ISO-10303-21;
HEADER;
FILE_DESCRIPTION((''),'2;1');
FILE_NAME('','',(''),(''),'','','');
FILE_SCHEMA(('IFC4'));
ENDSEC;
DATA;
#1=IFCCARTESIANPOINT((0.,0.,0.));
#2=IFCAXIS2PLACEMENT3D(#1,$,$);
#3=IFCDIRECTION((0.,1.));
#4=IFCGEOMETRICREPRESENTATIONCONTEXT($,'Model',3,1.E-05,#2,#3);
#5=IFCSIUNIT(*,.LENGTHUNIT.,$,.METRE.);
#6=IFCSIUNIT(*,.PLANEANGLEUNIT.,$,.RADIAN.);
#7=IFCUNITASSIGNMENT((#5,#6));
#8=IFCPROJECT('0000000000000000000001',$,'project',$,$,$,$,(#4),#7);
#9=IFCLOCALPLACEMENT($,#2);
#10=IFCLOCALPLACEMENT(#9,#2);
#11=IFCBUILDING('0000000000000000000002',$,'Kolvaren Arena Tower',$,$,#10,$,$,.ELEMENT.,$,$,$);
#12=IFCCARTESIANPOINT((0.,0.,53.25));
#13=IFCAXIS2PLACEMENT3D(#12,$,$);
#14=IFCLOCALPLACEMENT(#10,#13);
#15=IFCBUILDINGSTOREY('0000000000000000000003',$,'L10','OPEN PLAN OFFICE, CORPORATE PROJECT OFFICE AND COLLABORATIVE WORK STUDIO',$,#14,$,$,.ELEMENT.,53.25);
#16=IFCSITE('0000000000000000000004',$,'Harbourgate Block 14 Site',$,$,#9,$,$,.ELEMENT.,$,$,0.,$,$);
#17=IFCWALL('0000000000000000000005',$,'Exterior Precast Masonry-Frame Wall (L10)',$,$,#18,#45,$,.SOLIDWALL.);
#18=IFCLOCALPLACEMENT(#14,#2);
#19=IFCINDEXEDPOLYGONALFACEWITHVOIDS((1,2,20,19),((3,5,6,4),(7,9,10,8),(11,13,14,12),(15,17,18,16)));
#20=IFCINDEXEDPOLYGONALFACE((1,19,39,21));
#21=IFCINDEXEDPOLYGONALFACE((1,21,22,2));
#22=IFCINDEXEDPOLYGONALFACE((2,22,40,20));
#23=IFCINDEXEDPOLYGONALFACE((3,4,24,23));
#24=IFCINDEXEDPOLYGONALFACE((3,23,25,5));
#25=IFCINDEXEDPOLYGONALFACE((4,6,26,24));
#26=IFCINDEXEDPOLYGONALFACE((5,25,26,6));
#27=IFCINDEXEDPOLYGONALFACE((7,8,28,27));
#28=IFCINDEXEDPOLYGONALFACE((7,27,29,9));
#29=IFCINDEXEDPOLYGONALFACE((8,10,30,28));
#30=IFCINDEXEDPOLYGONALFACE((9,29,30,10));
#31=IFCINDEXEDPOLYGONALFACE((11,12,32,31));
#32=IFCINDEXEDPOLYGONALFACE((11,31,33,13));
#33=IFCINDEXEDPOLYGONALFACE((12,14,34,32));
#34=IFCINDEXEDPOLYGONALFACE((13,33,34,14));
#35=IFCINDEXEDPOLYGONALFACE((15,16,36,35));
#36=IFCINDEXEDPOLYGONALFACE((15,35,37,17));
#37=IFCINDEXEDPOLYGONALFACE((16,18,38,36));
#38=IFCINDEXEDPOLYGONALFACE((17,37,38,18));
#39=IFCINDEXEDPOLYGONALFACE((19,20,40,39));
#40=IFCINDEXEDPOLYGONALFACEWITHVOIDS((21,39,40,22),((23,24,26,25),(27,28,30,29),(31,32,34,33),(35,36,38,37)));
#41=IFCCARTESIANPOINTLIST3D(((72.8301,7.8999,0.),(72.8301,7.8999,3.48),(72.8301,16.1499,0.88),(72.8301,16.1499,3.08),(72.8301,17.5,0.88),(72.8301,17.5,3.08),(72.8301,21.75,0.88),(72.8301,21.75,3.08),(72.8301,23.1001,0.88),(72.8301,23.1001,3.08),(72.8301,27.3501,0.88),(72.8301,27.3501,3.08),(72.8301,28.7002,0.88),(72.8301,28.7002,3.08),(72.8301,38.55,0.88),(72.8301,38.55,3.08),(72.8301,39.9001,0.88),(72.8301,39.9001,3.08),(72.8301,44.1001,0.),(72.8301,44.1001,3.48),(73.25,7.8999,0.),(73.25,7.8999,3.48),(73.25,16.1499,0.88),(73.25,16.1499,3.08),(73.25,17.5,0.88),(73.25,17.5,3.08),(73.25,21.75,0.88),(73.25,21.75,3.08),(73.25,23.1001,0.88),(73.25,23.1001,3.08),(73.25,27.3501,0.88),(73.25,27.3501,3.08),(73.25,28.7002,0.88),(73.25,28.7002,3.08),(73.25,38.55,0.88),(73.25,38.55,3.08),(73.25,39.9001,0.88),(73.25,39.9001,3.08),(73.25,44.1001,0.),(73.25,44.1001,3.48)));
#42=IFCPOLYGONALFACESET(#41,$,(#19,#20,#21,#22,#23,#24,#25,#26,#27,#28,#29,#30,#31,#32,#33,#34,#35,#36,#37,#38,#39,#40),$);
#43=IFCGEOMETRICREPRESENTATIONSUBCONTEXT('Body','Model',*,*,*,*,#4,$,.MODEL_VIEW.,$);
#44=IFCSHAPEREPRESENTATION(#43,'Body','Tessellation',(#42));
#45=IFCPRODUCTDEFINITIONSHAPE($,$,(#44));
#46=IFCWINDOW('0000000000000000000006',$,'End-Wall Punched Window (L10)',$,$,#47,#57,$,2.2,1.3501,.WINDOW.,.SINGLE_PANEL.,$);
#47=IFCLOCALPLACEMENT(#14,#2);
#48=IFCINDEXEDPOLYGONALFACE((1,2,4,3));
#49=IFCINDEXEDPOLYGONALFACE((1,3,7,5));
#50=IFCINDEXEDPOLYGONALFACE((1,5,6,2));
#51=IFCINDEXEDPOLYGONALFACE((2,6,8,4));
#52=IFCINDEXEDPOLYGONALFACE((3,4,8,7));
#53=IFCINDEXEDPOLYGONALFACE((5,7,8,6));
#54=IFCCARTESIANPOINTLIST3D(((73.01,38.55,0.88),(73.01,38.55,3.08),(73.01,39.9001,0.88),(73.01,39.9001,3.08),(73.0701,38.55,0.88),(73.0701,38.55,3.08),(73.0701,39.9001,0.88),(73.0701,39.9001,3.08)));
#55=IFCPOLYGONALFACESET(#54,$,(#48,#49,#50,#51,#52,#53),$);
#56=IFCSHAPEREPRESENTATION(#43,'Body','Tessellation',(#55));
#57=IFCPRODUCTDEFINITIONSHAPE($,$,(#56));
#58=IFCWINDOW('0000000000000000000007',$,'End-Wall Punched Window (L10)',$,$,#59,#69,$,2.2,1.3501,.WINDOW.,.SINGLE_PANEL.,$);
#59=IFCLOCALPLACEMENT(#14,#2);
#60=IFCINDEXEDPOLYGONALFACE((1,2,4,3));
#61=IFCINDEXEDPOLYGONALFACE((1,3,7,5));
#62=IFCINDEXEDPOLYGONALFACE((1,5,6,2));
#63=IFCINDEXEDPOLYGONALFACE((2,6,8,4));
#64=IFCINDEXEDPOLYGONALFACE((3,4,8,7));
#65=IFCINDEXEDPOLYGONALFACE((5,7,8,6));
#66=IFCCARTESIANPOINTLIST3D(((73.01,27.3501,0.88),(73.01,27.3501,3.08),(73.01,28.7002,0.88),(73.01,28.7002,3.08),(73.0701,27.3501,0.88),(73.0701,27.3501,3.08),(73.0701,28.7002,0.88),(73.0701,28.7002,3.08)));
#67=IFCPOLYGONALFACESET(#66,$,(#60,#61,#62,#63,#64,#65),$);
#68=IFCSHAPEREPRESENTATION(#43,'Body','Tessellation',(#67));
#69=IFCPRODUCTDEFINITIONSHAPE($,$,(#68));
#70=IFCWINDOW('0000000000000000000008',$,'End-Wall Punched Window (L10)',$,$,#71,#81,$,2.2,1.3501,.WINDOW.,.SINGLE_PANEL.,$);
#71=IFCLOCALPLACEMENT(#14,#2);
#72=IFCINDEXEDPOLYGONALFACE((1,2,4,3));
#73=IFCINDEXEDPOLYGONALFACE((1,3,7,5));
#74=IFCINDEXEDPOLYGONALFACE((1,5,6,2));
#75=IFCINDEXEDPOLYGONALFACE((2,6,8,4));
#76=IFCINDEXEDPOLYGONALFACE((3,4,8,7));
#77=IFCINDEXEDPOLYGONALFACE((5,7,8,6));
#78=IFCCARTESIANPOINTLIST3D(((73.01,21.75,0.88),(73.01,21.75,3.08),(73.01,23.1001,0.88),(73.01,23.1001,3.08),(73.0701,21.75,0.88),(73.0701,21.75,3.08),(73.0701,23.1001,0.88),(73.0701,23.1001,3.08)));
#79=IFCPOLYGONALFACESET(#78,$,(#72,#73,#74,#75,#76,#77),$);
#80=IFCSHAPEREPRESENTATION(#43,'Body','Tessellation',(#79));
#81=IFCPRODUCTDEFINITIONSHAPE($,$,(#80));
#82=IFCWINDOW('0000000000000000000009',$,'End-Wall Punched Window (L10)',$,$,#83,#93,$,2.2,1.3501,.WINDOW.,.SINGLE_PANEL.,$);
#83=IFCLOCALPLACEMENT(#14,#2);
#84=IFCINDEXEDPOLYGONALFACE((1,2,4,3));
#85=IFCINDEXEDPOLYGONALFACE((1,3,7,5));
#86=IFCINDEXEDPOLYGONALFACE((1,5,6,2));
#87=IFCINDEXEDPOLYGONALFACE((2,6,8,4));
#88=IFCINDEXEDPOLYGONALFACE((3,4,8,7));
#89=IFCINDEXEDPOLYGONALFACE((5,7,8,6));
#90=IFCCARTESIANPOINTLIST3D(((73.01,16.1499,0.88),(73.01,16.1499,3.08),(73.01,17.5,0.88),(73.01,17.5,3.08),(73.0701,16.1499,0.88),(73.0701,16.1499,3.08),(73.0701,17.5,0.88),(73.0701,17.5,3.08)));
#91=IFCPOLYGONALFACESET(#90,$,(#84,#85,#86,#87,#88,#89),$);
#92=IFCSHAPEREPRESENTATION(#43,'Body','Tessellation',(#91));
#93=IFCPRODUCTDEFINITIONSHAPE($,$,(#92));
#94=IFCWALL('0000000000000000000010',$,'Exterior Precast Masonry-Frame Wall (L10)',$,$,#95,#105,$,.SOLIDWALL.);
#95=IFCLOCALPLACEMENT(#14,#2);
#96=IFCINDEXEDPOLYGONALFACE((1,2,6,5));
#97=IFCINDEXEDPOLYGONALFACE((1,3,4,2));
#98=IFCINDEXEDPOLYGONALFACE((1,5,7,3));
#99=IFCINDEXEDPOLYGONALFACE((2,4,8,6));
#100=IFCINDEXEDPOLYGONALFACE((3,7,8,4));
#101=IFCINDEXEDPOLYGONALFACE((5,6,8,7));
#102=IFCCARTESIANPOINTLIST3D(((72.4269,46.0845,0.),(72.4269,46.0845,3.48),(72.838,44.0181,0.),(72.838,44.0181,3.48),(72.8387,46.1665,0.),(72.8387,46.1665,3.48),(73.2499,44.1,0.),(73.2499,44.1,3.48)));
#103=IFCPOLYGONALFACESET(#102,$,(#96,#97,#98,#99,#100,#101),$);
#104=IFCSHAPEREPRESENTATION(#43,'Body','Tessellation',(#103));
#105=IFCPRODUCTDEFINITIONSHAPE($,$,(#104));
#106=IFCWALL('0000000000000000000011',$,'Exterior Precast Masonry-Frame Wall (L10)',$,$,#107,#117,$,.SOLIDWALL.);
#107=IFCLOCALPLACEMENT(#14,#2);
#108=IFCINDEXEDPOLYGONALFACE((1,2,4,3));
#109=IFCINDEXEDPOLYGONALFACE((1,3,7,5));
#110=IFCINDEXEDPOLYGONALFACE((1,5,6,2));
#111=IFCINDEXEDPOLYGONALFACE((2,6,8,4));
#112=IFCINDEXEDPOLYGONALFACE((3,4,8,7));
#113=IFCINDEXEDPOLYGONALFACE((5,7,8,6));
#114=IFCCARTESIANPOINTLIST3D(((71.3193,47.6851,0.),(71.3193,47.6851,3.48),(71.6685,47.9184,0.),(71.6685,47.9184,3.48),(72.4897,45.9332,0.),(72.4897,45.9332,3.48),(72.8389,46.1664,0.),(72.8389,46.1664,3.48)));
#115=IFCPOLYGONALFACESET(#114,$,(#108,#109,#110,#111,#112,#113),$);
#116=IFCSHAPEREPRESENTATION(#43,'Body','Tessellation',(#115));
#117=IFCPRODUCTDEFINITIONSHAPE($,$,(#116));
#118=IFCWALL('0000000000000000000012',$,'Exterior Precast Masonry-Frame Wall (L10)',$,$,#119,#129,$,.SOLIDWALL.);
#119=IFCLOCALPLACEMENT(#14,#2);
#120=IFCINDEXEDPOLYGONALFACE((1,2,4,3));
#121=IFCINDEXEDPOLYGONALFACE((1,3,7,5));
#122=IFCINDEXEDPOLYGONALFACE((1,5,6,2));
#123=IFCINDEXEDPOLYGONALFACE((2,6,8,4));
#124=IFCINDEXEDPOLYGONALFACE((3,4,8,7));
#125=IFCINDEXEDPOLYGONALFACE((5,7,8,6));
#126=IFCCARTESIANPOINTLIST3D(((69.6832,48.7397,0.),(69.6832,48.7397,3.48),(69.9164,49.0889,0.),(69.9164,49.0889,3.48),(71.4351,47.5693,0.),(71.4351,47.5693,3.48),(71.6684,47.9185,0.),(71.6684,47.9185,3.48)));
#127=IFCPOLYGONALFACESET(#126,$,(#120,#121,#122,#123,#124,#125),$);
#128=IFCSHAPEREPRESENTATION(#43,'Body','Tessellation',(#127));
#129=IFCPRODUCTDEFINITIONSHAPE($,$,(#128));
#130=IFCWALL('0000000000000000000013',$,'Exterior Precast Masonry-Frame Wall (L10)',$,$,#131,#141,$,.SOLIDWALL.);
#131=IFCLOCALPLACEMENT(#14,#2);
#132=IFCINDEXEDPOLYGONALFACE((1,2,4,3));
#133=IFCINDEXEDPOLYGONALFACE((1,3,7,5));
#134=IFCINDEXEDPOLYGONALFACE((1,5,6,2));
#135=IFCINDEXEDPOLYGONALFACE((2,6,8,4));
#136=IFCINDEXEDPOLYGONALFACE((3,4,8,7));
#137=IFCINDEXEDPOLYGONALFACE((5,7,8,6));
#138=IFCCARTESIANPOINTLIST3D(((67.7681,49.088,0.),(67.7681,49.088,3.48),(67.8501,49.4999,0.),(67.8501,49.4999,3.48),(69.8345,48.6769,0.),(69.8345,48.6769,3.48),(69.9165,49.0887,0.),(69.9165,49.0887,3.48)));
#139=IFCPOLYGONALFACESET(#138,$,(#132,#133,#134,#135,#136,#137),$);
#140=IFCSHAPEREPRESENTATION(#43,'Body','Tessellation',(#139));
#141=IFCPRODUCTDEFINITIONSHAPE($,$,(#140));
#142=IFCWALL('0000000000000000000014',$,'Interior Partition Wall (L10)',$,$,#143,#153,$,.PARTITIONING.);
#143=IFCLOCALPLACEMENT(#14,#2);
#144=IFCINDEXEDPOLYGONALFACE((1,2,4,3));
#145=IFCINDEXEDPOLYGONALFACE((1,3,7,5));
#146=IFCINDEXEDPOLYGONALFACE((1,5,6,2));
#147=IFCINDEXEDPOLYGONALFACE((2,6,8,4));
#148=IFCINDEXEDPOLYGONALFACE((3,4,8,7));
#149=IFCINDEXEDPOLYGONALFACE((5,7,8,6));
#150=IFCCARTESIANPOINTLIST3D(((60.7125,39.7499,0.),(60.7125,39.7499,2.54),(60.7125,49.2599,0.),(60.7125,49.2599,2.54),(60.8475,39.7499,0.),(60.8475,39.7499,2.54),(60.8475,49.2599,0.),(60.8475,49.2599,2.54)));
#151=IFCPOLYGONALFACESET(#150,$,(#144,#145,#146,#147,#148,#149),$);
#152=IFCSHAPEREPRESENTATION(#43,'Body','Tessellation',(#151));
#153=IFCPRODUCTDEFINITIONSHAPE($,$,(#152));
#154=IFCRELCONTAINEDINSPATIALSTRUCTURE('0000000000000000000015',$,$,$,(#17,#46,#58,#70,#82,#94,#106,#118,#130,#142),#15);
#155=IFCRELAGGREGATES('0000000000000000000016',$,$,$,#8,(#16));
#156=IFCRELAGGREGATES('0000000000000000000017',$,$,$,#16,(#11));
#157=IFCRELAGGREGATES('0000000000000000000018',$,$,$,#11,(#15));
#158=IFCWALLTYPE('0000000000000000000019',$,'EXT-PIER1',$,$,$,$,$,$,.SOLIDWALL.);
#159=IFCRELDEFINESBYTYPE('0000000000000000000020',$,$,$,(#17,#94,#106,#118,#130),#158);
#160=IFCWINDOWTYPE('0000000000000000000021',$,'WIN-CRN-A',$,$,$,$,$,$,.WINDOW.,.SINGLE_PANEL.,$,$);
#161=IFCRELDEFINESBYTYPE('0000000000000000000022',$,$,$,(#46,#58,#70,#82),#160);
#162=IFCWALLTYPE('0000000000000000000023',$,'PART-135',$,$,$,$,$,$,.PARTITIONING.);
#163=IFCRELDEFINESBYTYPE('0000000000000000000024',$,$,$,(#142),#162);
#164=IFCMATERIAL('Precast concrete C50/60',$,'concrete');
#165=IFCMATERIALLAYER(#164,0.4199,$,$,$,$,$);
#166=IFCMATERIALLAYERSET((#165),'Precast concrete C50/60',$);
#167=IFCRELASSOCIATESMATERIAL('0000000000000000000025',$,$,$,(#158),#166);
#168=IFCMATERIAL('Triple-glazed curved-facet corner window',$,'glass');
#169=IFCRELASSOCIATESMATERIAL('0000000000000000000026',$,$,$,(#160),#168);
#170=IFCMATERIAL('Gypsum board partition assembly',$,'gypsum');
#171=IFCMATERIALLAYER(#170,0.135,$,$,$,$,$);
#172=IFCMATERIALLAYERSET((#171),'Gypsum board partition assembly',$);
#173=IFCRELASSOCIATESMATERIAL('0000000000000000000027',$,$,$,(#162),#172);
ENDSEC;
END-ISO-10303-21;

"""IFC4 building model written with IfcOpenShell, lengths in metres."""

from ifc_helpers import new_model, si_unit, direction, frame, frame_2d, origin, place, context, subcontext, project, spatial, rectangle, extrude, material, layer, layer_set, type_object, element, fill, save


model = new_model("IFC4")

# Units and contexts
model_context = context("Model", 3, precision=1e-05, world=origin(), true_north=direction((0.0, 1.0)))
body_context = subcontext(model_context, "Body", "Model", "MODEL_VIEW")
ifc_project = project(units=[si_unit("LENGTHUNIT", "METRE"), si_unit("PLANEANGLEUNIT", "RADIAN")], contexts=[model_context])

# Site, building, storey
site_placement = place(None, origin())
site = spatial("IfcSite", under=ifc_project, at=site_placement, Name="Harbourgate Block 14 Site", CompositionType="ELEMENT", RefElevation=0.0)
building_placement = place(site_placement, origin())
building = spatial("IfcBuilding", under=site, at=building_placement, Name="Kolvaren Arena Tower", CompositionType="ELEMENT")
storey_placement = place(building_placement, frame((0.0, 0.0, 53.25)))
storey = spatial("IfcBuildingStorey", under=building, at=storey_placement, Name="L10", Description="OPEN PLAN OFFICE, CORPORATE PROJECT OFFICE AND COLLABORATIVE WORK STUDIO", CompositionType="ELEMENT", Elevation=53.25)

# Wall, openings, windows
ifc_material_1 = material(Name="Precast concrete C50/60", Category="concrete")
ifc_layer_1 = layer(ifc_material_1, 0.4199)
ifc_layer_set_1 = layer_set([ifc_layer_1], Name="Precast concrete C50/60")
wall_type_1 = type_object("IfcWallType", Name="EXT-PIER1", PredefinedType="SOLIDWALL", material=ifc_layer_set_1)
wall_1_placement = place(storey_placement, frame((73.04, 44.1001, 0.0), z_axis=(0.0, 0.0, 1.0), x_axis=(0.0, -1.0, 0.0)))
wall_1 = element("IfcWall", 1, at=wall_1_placement, inside=storey, type_object=wall_type_1, Name="Exterior Precast Masonry-Frame Wall (L10)", PredefinedType="SOLIDWALL", context=body_context, shape_type="SweptSolid", body=[
    extrude(rectangle(XDim=36.2002, YDim=0.4199, at=frame_2d((18.1001, 0.0))), origin(), (0.0, 0.0, 1.0), 3.48),
])
opening_1_placement = place(wall_1_placement, frame((4.2, 0.0, 0.8799)))
opening_1 = element("IfcOpeningElement", 2, at=opening_1_placement, cuts=wall_1, PredefinedType="OPENING", context=body_context, shape_type="SweptSolid", body=[
    extrude(rectangle(XDim=1.3501, YDim=2.2, at=frame_2d((0.675, 1.1001))), frame((0.0, 0.22, 0.0), z_axis=(0.0, -1.0, 0.0), x_axis=(1.0, 0.0, 0.0)), (0.0, 0.0, 1.0), 0.4399),
])
opening_2_placement = place(wall_1_placement, frame((15.3999, 0.0, 0.8799)))
opening_2 = element("IfcOpeningElement", 3, at=opening_2_placement, cuts=wall_1, PredefinedType="OPENING", context=body_context, shape_type="SweptSolid", body=[
    extrude(rectangle(XDim=1.3501, YDim=2.2, at=frame_2d((0.675, 1.1001))), frame((0.0, 0.22, 0.0), z_axis=(0.0, -1.0, 0.0), x_axis=(1.0, 0.0, 0.0)), (0.0, 0.0, 1.0), 0.4399),
])
opening_3_placement = place(wall_1_placement, frame((21.0, 0.0, 0.8799)))
opening_3 = element("IfcOpeningElement", 4, at=opening_3_placement, cuts=wall_1, PredefinedType="OPENING", context=body_context, shape_type="SweptSolid", body=[
    extrude(rectangle(XDim=1.3501, YDim=2.2, at=frame_2d((0.675, 1.1001))), frame((0.0, 0.22, 0.0), z_axis=(0.0, -1.0, 0.0), x_axis=(1.0, 0.0, 0.0)), (0.0, 0.0, 1.0), 0.4399),
])
opening_4_placement = place(wall_1_placement, frame((26.6001, 0.0, 0.8799)))
opening_4 = element("IfcOpeningElement", 5, at=opening_4_placement, cuts=wall_1, PredefinedType="OPENING", context=body_context, shape_type="SweptSolid", body=[
    extrude(rectangle(XDim=1.3501, YDim=2.2, at=frame_2d((0.675, 1.1001))), frame((0.0, 0.22, 0.0), z_axis=(0.0, -1.0, 0.0), x_axis=(1.0, 0.0, 0.0)), (0.0, 0.0, 1.0), 0.4399),
])
ifc_material_2 = material(Name="Triple-glazed curved-facet corner window", Category="glass")
window_type = type_object("IfcWindowType", Name="WIN-CRN-A", PartitioningType="SINGLE_PANEL", PredefinedType="WINDOW", material=ifc_material_2)
window_1_placement = place(opening_1_placement, origin())
window_1 = element("IfcWindow", 6, at=window_1_placement, inside=storey, type_object=window_type, Name="End-Wall Punched Window (L10)", OverallHeight=2.2, OverallWidth=1.3501, PartitioningType="SINGLE_PANEL", PredefinedType="WINDOW", context=body_context, shape_type="SweptSolid", body=[
    extrude(rectangle(XDim=1.3501, YDim=2.2, at=frame_2d((0.675, 1.1001))), frame((0.0, 0.03, 0.0), z_axis=(0.0, -1.0, 0.0), x_axis=(1.0, 0.0, 0.0)), (0.0, 0.0, 1.0), 0.0601),
])
fill(opening_1, window_1)
window_2_placement = place(opening_2_placement, origin())
window_2 = element("IfcWindow", 7, at=window_2_placement, inside=storey, type_object=window_type, Name="End-Wall Punched Window (L10)", OverallHeight=2.2, OverallWidth=1.3501, PartitioningType="SINGLE_PANEL", PredefinedType="WINDOW", context=body_context, shape_type="SweptSolid", body=[
    extrude(rectangle(XDim=1.3501, YDim=2.2, at=frame_2d((0.675, 1.1001))), frame((0.0, 0.03, 0.0), z_axis=(0.0, -1.0, 0.0), x_axis=(1.0, 0.0, 0.0)), (0.0, 0.0, 1.0), 0.0601),
])
fill(opening_2, window_2)
window_3_placement = place(opening_3_placement, origin())
window_3 = element("IfcWindow", 8, at=window_3_placement, inside=storey, type_object=window_type, Name="End-Wall Punched Window (L10)", OverallHeight=2.2, OverallWidth=1.3501, PartitioningType="SINGLE_PANEL", PredefinedType="WINDOW", context=body_context, shape_type="SweptSolid", body=[
    extrude(rectangle(XDim=1.3501, YDim=2.2, at=frame_2d((0.675, 1.1001))), frame((0.0, 0.03, 0.0), z_axis=(0.0, -1.0, 0.0), x_axis=(1.0, 0.0, 0.0)), (0.0, 0.0, 1.0), 0.0601),
])
fill(opening_3, window_3)
window_4_placement = place(opening_4_placement, origin())
window_4 = element("IfcWindow", 9, at=window_4_placement, inside=storey, type_object=window_type, Name="End-Wall Punched Window (L10)", OverallHeight=2.2, OverallWidth=1.3501, PartitioningType="SINGLE_PANEL", PredefinedType="WINDOW", context=body_context, shape_type="SweptSolid", body=[
    extrude(rectangle(XDim=1.3501, YDim=2.2, at=frame_2d((0.675, 1.1001))), frame((0.0, 0.03, 0.0), z_axis=(0.0, -1.0, 0.0), x_axis=(1.0, 0.0, 0.0)), (0.0, 0.0, 1.0), 0.0601),
])
fill(opening_4, window_4)

# Walls
for number, where, z_axis, x_axis, name in (
    (10, (72.6328, 46.1255, 0.0), (0.0, 0.0, 1.0), (0.195136, -0.980776, 0.0), "Exterior Precast Masonry-Frame Wall (L10)"),
    (11, (71.4939, 47.8018, 0.0), (0.0, 0.0, 1.0), (0.555502, -0.831515, 0.0), "Exterior Precast Masonry-Frame Wall (L10)"),
    (12, (69.7998, 48.9143, 0.0), (0.0, 0.0, 1.0), (0.831515, -0.555502, 0.0), "Exterior Precast Masonry-Frame Wall (L10)"),
    (13, (67.8091, 49.2939, 0.0), (0.0, 0.0, 1.0), (0.980776, -0.195136, 0.0), "Exterior Precast Masonry-Frame Wall (L10)"),
):
    element("IfcWall", number, at=place(storey_placement, frame(where, z_axis=z_axis, x_axis=x_axis)), inside=storey, type_object=wall_type_1, Name=name, PredefinedType="SOLIDWALL", context=body_context, shape_type="SweptSolid", body=[
        extrude(rectangle(XDim=2.1069, YDim=0.4199, at=frame_2d((1.0535, 0.0))), origin(), (0.0, 0.0, 1.0), 3.48),
    ])
ifc_material_3 = material(Name="Gypsum board partition assembly", Category="gypsum")
ifc_layer_2 = layer(ifc_material_3, 0.135)
ifc_layer_set_2 = layer_set([ifc_layer_2], Name="Gypsum board partition assembly")
wall_type_2 = type_object("IfcWallType", Name="PART-135", PredefinedType="PARTITIONING", material=ifc_layer_set_2)
wall_2_placement = place(storey_placement, frame((60.78, 39.75, 0.0), z_axis=(0.0, 0.0, 1.0), x_axis=(0.0, 1.0, 0.0)))
element("IfcWall", 14, at=wall_2_placement, inside=storey, type_object=wall_type_2, Name="Interior Partition Wall (L10)", PredefinedType="PARTITIONING", context=body_context, shape_type="SweptSolid", body=[
    extrude(rectangle(XDim=9.51, YDim=0.135, at=frame_2d((4.7549, 0.0))), origin(), (0.0, 0.0, 1.0), 2.54),
])

save(model, "model.ifc")
